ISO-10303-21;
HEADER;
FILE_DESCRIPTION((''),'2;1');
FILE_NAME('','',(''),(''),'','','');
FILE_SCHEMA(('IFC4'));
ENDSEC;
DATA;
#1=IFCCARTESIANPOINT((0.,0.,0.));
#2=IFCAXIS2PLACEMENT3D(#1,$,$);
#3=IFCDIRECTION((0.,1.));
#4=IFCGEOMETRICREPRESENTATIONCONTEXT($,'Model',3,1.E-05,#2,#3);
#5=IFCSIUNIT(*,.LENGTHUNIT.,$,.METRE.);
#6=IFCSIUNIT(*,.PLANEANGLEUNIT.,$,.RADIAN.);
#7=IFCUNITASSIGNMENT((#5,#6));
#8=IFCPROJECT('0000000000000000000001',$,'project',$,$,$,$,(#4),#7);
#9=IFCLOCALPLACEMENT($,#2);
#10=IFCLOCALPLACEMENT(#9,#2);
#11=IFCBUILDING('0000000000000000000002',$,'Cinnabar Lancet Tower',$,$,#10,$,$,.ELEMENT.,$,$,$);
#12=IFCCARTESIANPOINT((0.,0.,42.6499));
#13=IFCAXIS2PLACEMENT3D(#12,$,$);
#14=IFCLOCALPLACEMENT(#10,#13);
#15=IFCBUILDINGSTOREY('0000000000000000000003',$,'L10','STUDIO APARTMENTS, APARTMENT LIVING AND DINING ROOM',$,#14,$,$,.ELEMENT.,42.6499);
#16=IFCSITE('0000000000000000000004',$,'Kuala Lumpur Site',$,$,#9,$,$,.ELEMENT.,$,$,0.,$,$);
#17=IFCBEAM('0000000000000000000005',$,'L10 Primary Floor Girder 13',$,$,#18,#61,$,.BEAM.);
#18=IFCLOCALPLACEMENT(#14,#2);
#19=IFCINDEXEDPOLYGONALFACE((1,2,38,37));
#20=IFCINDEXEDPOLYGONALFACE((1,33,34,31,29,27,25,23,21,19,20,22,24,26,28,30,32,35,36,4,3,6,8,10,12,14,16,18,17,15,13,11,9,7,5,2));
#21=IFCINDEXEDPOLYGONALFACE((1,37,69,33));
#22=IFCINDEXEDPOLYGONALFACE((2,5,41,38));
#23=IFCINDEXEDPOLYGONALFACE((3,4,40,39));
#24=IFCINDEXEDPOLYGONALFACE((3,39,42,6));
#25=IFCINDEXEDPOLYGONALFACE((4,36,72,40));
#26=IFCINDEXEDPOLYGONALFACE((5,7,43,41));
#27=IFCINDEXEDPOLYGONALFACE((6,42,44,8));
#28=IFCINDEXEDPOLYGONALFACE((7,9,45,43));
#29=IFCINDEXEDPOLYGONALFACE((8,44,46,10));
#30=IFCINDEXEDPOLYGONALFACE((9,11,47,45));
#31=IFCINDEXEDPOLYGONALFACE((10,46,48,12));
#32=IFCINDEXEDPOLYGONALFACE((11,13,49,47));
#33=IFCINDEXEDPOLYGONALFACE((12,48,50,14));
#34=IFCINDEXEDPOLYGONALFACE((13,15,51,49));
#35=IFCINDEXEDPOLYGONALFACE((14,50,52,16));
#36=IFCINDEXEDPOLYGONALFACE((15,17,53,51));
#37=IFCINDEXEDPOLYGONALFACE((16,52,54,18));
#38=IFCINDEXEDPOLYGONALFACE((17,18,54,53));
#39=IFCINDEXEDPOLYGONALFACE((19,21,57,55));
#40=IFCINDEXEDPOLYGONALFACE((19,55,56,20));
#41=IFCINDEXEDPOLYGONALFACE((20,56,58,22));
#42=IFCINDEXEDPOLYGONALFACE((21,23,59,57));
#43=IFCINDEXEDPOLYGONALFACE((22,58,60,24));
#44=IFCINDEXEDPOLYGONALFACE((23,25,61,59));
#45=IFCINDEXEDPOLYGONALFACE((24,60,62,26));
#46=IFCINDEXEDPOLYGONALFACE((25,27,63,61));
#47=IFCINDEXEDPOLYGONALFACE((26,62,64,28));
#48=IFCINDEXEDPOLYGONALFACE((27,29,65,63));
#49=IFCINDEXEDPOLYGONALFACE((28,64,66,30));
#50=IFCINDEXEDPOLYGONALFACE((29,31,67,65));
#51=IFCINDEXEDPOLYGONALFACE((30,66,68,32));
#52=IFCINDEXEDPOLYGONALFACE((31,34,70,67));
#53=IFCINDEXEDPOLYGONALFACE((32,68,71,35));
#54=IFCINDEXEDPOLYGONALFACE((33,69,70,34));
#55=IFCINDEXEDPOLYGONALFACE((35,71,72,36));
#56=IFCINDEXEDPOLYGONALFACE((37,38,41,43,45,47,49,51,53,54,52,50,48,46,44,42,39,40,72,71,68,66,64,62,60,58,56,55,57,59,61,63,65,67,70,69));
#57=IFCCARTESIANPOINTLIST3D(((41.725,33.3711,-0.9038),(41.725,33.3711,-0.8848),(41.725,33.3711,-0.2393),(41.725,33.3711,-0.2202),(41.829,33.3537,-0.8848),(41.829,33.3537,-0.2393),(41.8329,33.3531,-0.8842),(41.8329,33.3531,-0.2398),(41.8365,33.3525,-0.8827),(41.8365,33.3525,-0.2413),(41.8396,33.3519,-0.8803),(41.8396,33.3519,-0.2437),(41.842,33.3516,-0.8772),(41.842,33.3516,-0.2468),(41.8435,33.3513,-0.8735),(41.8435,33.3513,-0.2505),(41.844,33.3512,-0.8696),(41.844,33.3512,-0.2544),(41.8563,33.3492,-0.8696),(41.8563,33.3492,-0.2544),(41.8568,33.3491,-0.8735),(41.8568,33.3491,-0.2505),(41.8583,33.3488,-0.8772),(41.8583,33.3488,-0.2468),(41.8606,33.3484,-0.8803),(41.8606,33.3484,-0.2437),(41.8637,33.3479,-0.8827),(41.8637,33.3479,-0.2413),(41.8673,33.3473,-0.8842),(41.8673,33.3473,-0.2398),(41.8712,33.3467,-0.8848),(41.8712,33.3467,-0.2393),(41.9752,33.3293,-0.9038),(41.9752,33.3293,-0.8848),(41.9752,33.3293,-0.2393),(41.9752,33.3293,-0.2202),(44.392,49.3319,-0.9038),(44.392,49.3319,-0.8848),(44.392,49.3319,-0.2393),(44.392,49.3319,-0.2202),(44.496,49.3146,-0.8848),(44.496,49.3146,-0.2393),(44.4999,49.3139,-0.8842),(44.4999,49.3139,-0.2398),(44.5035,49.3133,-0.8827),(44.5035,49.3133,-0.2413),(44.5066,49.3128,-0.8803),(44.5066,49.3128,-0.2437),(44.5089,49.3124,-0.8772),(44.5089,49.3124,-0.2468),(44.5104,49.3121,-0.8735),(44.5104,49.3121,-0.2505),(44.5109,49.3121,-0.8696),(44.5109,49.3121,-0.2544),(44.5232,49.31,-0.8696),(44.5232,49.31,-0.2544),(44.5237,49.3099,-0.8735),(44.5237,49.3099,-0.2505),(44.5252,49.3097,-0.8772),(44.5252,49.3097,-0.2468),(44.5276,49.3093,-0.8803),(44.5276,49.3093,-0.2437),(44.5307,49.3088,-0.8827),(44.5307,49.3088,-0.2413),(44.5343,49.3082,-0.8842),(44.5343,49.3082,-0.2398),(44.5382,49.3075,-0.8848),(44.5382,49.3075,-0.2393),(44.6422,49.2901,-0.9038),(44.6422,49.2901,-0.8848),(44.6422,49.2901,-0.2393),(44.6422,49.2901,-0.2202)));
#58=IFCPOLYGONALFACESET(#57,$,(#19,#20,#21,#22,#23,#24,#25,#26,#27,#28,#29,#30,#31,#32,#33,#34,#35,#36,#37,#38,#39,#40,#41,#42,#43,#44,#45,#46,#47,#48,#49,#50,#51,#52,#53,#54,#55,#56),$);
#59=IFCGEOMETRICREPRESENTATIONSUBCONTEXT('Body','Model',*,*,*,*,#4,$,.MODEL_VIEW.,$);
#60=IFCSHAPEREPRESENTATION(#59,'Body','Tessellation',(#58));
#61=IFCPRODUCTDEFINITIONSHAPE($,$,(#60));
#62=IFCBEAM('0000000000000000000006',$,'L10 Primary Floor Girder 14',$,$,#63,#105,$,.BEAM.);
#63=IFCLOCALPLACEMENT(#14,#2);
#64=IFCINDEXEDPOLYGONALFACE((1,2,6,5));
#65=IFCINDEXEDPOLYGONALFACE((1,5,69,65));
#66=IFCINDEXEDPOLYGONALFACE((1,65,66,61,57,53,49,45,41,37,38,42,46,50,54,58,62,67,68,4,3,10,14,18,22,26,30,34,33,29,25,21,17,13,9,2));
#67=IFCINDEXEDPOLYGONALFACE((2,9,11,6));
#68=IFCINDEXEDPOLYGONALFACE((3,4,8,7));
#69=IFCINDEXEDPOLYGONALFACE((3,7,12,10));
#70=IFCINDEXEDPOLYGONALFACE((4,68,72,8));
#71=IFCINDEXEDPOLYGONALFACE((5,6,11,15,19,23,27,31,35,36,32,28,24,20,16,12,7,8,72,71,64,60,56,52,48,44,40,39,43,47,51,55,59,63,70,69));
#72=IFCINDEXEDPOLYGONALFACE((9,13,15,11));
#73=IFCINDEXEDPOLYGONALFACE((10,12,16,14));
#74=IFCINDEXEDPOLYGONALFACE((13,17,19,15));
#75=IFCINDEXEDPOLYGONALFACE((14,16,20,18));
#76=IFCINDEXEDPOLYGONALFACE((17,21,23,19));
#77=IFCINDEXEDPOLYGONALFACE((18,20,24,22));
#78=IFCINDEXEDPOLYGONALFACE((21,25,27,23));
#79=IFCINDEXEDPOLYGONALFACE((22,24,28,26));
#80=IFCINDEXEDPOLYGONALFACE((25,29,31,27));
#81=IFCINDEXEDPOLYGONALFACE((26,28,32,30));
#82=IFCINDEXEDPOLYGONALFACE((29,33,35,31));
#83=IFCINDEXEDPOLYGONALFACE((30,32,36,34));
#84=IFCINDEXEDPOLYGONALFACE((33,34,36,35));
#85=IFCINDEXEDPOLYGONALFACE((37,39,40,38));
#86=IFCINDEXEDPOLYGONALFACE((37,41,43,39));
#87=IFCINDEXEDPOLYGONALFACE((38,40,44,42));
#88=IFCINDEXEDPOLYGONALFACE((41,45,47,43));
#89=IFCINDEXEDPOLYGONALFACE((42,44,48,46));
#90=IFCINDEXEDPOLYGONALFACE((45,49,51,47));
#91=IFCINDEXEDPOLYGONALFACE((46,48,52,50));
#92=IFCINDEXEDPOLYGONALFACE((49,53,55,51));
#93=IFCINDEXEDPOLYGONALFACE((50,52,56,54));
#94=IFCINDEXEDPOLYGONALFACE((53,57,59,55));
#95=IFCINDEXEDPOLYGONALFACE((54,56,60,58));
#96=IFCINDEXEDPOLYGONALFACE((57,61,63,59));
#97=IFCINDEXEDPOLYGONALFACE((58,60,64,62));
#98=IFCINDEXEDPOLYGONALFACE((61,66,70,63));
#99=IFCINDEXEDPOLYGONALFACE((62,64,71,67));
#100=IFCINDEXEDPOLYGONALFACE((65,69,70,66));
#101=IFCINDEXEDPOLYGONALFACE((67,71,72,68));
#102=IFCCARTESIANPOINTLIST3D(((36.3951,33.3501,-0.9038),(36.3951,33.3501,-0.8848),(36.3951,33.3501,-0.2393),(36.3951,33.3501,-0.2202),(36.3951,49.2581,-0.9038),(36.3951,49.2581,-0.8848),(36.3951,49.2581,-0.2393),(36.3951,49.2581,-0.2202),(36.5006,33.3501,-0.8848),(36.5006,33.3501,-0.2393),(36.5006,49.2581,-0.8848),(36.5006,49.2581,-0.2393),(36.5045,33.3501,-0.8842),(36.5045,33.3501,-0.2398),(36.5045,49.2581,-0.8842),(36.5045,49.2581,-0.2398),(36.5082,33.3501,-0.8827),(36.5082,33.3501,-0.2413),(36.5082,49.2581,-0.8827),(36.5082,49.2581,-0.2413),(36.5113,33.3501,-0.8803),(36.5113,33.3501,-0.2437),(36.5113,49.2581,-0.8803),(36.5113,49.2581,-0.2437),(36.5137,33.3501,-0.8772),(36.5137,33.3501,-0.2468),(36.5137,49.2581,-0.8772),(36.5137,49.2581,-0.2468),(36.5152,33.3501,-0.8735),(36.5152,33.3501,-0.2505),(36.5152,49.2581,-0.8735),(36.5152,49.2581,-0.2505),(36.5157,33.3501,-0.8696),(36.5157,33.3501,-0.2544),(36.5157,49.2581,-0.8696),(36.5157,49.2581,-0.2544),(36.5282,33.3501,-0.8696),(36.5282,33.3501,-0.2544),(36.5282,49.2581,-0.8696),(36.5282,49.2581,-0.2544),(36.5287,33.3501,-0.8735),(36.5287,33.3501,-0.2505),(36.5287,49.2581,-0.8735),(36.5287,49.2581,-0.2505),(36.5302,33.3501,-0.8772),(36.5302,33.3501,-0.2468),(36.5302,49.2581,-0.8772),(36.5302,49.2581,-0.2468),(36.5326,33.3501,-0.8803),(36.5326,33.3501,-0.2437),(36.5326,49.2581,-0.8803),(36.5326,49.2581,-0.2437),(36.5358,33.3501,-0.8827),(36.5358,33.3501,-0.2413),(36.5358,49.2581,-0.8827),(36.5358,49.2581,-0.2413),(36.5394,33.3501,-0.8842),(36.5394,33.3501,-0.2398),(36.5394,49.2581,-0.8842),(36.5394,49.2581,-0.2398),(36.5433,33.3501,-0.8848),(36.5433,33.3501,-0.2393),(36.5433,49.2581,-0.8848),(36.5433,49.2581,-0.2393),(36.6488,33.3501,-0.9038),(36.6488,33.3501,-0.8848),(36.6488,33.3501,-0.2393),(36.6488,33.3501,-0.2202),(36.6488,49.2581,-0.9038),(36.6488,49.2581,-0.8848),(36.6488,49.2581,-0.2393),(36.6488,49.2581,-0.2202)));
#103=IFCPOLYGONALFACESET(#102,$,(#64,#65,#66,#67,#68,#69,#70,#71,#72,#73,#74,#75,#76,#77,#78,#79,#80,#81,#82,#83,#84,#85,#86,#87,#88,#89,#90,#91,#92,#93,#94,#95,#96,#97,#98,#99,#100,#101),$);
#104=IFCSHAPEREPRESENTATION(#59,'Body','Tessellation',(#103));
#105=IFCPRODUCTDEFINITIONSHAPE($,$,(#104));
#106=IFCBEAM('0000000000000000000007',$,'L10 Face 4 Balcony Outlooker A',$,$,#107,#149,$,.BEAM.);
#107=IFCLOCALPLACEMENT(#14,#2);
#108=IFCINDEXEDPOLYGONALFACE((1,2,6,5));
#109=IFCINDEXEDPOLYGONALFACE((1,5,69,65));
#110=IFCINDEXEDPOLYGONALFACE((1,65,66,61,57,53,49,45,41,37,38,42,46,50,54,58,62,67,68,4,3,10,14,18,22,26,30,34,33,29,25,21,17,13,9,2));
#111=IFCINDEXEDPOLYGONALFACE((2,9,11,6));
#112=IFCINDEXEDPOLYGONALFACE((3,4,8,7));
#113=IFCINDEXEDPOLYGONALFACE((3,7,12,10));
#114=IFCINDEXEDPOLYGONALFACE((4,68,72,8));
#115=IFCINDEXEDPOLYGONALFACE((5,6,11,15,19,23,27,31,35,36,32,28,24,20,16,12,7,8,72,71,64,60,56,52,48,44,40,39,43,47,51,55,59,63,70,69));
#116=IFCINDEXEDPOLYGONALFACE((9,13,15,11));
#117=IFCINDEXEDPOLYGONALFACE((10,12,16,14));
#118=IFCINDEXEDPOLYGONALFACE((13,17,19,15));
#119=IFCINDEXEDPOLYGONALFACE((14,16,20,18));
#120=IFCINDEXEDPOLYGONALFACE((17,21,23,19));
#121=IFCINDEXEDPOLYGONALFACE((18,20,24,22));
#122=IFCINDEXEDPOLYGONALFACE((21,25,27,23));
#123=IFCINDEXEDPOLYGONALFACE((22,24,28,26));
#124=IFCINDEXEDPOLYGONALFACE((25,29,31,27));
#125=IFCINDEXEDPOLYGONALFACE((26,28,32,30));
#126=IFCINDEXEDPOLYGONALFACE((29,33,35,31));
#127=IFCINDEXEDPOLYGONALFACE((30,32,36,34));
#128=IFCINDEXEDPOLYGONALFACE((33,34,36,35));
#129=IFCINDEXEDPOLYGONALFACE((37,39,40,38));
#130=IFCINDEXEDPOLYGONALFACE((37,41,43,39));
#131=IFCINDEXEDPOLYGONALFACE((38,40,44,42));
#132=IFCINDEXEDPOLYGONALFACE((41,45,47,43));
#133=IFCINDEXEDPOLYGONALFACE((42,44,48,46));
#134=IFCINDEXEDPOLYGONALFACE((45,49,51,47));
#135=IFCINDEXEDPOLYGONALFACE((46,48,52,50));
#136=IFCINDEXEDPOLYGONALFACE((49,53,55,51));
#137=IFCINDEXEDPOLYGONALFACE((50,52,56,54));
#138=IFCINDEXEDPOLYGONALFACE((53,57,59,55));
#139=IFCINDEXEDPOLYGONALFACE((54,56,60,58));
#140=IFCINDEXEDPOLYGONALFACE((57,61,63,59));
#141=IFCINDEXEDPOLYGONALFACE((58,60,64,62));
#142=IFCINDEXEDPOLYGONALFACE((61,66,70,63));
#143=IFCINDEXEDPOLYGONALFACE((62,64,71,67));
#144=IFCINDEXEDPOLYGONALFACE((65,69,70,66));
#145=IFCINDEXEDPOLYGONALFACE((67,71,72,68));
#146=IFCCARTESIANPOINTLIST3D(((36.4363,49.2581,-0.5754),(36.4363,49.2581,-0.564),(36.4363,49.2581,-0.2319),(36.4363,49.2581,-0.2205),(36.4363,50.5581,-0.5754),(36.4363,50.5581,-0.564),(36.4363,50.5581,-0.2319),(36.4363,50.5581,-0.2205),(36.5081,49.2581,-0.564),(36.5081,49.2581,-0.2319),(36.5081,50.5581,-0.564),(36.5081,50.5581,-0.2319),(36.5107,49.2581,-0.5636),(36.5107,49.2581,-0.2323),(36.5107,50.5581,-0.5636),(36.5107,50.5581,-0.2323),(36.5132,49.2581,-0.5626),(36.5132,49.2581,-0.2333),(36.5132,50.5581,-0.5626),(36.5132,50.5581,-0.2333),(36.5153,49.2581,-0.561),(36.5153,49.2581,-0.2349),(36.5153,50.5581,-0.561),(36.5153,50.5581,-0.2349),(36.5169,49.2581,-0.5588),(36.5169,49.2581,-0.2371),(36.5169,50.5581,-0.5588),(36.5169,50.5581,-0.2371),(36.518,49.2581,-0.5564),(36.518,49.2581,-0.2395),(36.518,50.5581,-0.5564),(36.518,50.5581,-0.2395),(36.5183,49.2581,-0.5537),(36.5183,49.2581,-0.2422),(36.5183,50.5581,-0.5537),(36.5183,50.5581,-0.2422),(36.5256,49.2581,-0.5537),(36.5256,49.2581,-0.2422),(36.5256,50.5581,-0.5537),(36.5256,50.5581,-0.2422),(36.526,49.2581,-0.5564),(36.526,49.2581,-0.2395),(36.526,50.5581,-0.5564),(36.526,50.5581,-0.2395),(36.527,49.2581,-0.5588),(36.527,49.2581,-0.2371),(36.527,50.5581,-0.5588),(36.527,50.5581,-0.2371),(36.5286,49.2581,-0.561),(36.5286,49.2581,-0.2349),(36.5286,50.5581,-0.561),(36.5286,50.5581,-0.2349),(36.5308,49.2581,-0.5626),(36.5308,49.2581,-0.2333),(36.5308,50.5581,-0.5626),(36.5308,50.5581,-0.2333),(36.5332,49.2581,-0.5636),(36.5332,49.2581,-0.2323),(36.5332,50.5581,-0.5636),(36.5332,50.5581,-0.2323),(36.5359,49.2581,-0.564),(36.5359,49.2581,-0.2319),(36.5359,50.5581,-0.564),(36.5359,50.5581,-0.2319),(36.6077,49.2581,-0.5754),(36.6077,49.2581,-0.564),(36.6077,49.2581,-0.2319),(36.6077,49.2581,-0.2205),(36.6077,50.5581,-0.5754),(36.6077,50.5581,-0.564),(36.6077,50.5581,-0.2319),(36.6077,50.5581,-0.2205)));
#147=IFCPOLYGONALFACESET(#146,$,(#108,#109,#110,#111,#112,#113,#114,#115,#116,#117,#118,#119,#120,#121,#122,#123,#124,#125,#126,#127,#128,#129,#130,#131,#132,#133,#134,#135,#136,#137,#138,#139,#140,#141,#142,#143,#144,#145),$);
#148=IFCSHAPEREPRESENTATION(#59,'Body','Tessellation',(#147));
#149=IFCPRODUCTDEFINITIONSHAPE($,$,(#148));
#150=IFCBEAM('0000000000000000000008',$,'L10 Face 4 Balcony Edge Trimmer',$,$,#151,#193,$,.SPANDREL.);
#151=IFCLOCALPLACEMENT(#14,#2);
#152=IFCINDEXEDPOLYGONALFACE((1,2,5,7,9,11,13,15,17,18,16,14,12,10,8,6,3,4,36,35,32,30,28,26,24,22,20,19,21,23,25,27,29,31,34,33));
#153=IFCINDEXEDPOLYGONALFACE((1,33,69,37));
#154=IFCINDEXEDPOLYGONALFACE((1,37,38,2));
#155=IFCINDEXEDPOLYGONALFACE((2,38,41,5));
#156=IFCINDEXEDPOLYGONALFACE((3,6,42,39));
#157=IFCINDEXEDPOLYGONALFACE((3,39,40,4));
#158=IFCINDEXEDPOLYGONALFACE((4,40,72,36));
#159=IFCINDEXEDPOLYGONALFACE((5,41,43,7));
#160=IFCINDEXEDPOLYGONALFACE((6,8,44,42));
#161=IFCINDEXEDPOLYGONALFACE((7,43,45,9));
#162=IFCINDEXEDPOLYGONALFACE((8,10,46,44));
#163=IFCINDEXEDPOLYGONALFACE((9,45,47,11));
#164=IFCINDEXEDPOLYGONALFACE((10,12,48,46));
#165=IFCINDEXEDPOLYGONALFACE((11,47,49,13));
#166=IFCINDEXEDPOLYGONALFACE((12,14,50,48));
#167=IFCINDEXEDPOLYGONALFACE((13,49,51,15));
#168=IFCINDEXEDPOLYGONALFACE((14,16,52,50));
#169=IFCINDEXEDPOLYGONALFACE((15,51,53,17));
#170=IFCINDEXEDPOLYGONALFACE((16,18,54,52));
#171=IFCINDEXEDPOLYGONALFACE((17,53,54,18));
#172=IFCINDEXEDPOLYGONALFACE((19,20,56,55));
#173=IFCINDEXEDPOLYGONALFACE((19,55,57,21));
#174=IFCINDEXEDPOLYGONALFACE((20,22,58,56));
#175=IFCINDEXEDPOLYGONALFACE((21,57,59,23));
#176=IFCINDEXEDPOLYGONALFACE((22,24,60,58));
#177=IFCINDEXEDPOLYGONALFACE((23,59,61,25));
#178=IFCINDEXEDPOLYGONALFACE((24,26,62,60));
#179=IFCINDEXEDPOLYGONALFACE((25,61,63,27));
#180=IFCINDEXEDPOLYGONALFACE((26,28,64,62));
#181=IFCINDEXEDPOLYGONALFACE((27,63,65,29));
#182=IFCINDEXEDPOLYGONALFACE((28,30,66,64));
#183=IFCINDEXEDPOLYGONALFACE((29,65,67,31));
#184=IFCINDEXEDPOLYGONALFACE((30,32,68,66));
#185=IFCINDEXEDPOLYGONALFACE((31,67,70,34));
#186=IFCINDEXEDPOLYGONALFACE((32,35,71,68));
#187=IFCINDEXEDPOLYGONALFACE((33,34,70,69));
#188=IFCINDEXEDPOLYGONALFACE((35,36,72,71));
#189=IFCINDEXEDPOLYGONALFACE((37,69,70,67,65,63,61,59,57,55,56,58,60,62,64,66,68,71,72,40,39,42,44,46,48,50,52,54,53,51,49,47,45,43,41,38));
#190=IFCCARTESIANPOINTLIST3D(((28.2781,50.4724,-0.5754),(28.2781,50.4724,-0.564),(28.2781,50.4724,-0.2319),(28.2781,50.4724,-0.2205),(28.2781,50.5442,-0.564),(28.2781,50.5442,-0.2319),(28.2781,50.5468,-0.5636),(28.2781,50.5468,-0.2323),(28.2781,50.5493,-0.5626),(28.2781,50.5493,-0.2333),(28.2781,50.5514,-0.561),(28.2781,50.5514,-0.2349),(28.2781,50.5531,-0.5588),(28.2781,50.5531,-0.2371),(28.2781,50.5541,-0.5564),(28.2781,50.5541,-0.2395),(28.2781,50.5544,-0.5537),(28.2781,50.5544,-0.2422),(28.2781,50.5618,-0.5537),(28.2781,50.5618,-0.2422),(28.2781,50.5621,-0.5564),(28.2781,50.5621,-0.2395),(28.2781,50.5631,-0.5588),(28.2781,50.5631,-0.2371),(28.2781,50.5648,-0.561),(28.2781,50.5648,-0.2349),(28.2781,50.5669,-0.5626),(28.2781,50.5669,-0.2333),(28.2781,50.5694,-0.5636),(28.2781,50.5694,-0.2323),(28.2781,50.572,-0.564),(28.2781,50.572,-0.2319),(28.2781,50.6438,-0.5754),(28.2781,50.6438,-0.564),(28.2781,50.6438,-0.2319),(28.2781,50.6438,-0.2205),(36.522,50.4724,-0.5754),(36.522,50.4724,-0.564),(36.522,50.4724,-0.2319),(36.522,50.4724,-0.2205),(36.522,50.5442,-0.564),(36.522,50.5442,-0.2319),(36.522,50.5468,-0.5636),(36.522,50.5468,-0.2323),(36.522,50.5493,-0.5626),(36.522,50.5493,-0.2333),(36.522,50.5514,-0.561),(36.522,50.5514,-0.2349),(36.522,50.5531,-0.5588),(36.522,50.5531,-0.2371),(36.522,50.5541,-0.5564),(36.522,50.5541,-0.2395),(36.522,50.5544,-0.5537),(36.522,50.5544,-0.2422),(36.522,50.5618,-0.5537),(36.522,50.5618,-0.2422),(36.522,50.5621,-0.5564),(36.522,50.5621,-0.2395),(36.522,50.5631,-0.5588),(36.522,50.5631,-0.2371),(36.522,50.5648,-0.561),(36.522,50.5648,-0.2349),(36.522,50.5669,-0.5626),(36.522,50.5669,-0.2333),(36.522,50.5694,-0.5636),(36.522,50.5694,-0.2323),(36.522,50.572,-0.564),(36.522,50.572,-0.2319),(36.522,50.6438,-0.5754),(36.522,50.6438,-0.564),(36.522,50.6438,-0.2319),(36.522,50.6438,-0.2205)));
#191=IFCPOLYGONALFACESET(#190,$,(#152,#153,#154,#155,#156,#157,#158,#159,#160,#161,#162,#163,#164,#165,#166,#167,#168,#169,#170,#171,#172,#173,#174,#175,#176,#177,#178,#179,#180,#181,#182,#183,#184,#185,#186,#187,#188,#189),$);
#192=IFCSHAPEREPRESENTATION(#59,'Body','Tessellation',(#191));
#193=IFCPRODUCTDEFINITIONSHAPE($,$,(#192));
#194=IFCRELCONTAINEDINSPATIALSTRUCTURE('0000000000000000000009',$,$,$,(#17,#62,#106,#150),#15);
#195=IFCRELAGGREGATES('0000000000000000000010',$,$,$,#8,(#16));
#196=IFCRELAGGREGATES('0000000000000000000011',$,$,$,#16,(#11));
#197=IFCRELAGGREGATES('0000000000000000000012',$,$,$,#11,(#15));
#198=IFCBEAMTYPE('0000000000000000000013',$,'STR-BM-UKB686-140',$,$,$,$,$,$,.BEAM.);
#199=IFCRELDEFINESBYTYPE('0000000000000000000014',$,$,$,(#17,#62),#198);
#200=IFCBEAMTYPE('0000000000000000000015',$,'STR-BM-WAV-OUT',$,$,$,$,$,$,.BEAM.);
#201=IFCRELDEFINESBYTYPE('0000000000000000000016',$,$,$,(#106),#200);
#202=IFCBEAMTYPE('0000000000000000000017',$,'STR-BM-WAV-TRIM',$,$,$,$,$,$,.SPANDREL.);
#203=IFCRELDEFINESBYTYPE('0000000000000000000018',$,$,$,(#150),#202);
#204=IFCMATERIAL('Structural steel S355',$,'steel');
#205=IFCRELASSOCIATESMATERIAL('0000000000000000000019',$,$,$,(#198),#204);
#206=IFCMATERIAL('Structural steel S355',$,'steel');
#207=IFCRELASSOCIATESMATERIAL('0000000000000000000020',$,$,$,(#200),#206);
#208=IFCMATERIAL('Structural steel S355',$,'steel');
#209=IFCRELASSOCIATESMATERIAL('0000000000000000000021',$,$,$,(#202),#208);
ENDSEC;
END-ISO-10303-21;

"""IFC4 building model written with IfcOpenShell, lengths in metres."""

from ifc_helpers import new_model, si_unit, direction, frame, origin, origin_2d, place, context, subcontext, project, spatial, i_section, extrude, material, material_profile, profile_set, type_object, element, save


model = new_model("IFC4")

# Units and contexts
model_context = context("Model", 3, precision=1e-05, world=origin(), true_north=direction((0.0, 1.0)))
body_context = subcontext(model_context, "Body", "Model", "MODEL_VIEW")
ifc_project = project(units=[si_unit("LENGTHUNIT", "METRE"), si_unit("PLANEANGLEUNIT", "RADIAN")], contexts=[model_context])

# Site, building, storey
site_placement = place(None, origin())
site = spatial("IfcSite", under=ifc_project, at=site_placement, Name="Kuala Lumpur Site", CompositionType="ELEMENT", RefElevation=0.0)
building_placement = place(site_placement, origin())
building = spatial("IfcBuilding", under=site, at=building_placement, Name="Cinnabar Lancet Tower", CompositionType="ELEMENT")
storey_placement = place(building_placement, frame((0.0, 0.0, 42.6499)))
storey = spatial("IfcBuildingStorey", under=building, at=storey_placement, Name="L10", Description="STUDIO APARTMENTS, APARTMENT LIVING AND DINING ROOM", CompositionType="ELEMENT", Elevation=42.6499)

# Beams
ifc_material_1 = material(Name="Structural steel S355", Category="steel")
ifc_material_profile_1 = material_profile(ifc_material_1, i_section(OverallWidth=0.2537, OverallDepth=0.6836, WebThickness=0.0125, FlangeThickness=0.019, FilletRadius=0.0151, at=origin_2d()), Name="UKB 686x254x140")
ifc_profile_set_1 = profile_set([ifc_material_profile_1], Name="Structural steel S355")
beam_type_1 = type_object("IfcBeamType", Name="STR-BM-UKB686-140", PredefinedType="BEAM", material=ifc_profile_set_1)
beam_1_placement = place(storey_placement, frame((44.5171, 49.311, -0.562), z_axis=(-0.16481, -0.986325, 0.0), x_axis=(0.986325, -0.16481, 0.0)))
element("IfcBeam", 1, at=beam_1_placement, inside=storey, type_object=beam_type_1, Name="L10 Primary Floor Girder 13", PredefinedType="BEAM", context=body_context, shape_type="SweptSolid", body=[
    extrude(i_section(OverallWidth=0.2537, OverallDepth=0.6836, WebThickness=0.0125, FlangeThickness=0.019, FilletRadius=0.0151, at=origin_2d()), origin(), (0.0, 0.0, 1.0), 16.1821),
])
beam_2_placement = place(storey_placement, frame((36.522, 49.2581, -0.562), z_axis=(0.0, -1.0, 0.0), x_axis=(1.0, 0.0, 0.0)))
element("IfcBeam", 2, at=beam_2_placement, inside=storey, type_object=beam_type_1, Name="L10 Primary Floor Girder 14", PredefinedType="BEAM", context=body_context, shape_type="SweptSolid", body=[
    extrude(i_section(OverallWidth=0.2537, OverallDepth=0.6836, WebThickness=0.0125, FlangeThickness=0.019, FilletRadius=0.0151, at=origin_2d()), origin(), (0.0, 0.0, 1.0), 15.908),
])
ifc_material_2 = material(Name="Structural steel S355", Category="steel")
ifc_material_profile_2 = material_profile(ifc_material_2, i_section(OverallWidth=0.1714, OverallDepth=0.355, WebThickness=0.0073, FlangeThickness=0.0115, FilletRadius=0.0103, at=origin_2d()), Name="UKB 356x171x51")
ifc_profile_set_2 = profile_set([ifc_material_profile_2], Name="Structural steel S355")
beam_type_2 = type_object("IfcBeamType", Name="STR-BM-WAV-OUT", PredefinedType="BEAM", material=ifc_profile_set_2)
beam_3_placement = place(storey_placement, frame((36.522, 49.2581, -0.3979), z_axis=(0.0, 1.0, 0.0), x_axis=(-1.0, 0.0, 0.0)))
element("IfcBeam", 3, at=beam_3_placement, inside=storey, type_object=beam_type_2, Name="L10 Face 4 Balcony Outlooker A", PredefinedType="BEAM", context=body_context, shape_type="SweptSolid", body=[
    extrude(i_section(OverallWidth=0.1714, OverallDepth=0.355, WebThickness=0.0073, FlangeThickness=0.0115, FilletRadius=0.0103, at=origin_2d()), origin(), (0.0, 0.0, 1.0), 1.3),
])
ifc_material_3 = material(Name="Structural steel S355", Category="steel")
ifc_material_profile_3 = material_profile(ifc_material_3, i_section(OverallWidth=0.1714, OverallDepth=0.355, WebThickness=0.0073, FlangeThickness=0.0115, FilletRadius=0.0103, at=origin_2d()), Name="UKB 356x171x51")
ifc_profile_set_3 = profile_set([ifc_material_profile_3], Name="Structural steel S355")
beam_type_3 = type_object("IfcBeamType", Name="STR-BM-WAV-TRIM", PredefinedType="SPANDREL", material=ifc_profile_set_3)
beam_4_placement = place(storey_placement, frame((36.522, 50.5581, -0.3979), z_axis=(-1.0, 0.0, 0.0), x_axis=(0.0, -1.0, 0.0)))
element("IfcBeam", 4, at=beam_4_placement, inside=storey, type_object=beam_type_3, Name="L10 Face 4 Balcony Edge Trimmer", PredefinedType="SPANDREL", context=body_context, shape_type="SweptSolid", body=[
    extrude(i_section(OverallWidth=0.1714, OverallDepth=0.355, WebThickness=0.0073, FlangeThickness=0.0115, FilletRadius=0.0103, at=origin_2d()), origin(), (0.0, 0.0, 1.0), 8.2439),
])

save(model, "model.ifc")
